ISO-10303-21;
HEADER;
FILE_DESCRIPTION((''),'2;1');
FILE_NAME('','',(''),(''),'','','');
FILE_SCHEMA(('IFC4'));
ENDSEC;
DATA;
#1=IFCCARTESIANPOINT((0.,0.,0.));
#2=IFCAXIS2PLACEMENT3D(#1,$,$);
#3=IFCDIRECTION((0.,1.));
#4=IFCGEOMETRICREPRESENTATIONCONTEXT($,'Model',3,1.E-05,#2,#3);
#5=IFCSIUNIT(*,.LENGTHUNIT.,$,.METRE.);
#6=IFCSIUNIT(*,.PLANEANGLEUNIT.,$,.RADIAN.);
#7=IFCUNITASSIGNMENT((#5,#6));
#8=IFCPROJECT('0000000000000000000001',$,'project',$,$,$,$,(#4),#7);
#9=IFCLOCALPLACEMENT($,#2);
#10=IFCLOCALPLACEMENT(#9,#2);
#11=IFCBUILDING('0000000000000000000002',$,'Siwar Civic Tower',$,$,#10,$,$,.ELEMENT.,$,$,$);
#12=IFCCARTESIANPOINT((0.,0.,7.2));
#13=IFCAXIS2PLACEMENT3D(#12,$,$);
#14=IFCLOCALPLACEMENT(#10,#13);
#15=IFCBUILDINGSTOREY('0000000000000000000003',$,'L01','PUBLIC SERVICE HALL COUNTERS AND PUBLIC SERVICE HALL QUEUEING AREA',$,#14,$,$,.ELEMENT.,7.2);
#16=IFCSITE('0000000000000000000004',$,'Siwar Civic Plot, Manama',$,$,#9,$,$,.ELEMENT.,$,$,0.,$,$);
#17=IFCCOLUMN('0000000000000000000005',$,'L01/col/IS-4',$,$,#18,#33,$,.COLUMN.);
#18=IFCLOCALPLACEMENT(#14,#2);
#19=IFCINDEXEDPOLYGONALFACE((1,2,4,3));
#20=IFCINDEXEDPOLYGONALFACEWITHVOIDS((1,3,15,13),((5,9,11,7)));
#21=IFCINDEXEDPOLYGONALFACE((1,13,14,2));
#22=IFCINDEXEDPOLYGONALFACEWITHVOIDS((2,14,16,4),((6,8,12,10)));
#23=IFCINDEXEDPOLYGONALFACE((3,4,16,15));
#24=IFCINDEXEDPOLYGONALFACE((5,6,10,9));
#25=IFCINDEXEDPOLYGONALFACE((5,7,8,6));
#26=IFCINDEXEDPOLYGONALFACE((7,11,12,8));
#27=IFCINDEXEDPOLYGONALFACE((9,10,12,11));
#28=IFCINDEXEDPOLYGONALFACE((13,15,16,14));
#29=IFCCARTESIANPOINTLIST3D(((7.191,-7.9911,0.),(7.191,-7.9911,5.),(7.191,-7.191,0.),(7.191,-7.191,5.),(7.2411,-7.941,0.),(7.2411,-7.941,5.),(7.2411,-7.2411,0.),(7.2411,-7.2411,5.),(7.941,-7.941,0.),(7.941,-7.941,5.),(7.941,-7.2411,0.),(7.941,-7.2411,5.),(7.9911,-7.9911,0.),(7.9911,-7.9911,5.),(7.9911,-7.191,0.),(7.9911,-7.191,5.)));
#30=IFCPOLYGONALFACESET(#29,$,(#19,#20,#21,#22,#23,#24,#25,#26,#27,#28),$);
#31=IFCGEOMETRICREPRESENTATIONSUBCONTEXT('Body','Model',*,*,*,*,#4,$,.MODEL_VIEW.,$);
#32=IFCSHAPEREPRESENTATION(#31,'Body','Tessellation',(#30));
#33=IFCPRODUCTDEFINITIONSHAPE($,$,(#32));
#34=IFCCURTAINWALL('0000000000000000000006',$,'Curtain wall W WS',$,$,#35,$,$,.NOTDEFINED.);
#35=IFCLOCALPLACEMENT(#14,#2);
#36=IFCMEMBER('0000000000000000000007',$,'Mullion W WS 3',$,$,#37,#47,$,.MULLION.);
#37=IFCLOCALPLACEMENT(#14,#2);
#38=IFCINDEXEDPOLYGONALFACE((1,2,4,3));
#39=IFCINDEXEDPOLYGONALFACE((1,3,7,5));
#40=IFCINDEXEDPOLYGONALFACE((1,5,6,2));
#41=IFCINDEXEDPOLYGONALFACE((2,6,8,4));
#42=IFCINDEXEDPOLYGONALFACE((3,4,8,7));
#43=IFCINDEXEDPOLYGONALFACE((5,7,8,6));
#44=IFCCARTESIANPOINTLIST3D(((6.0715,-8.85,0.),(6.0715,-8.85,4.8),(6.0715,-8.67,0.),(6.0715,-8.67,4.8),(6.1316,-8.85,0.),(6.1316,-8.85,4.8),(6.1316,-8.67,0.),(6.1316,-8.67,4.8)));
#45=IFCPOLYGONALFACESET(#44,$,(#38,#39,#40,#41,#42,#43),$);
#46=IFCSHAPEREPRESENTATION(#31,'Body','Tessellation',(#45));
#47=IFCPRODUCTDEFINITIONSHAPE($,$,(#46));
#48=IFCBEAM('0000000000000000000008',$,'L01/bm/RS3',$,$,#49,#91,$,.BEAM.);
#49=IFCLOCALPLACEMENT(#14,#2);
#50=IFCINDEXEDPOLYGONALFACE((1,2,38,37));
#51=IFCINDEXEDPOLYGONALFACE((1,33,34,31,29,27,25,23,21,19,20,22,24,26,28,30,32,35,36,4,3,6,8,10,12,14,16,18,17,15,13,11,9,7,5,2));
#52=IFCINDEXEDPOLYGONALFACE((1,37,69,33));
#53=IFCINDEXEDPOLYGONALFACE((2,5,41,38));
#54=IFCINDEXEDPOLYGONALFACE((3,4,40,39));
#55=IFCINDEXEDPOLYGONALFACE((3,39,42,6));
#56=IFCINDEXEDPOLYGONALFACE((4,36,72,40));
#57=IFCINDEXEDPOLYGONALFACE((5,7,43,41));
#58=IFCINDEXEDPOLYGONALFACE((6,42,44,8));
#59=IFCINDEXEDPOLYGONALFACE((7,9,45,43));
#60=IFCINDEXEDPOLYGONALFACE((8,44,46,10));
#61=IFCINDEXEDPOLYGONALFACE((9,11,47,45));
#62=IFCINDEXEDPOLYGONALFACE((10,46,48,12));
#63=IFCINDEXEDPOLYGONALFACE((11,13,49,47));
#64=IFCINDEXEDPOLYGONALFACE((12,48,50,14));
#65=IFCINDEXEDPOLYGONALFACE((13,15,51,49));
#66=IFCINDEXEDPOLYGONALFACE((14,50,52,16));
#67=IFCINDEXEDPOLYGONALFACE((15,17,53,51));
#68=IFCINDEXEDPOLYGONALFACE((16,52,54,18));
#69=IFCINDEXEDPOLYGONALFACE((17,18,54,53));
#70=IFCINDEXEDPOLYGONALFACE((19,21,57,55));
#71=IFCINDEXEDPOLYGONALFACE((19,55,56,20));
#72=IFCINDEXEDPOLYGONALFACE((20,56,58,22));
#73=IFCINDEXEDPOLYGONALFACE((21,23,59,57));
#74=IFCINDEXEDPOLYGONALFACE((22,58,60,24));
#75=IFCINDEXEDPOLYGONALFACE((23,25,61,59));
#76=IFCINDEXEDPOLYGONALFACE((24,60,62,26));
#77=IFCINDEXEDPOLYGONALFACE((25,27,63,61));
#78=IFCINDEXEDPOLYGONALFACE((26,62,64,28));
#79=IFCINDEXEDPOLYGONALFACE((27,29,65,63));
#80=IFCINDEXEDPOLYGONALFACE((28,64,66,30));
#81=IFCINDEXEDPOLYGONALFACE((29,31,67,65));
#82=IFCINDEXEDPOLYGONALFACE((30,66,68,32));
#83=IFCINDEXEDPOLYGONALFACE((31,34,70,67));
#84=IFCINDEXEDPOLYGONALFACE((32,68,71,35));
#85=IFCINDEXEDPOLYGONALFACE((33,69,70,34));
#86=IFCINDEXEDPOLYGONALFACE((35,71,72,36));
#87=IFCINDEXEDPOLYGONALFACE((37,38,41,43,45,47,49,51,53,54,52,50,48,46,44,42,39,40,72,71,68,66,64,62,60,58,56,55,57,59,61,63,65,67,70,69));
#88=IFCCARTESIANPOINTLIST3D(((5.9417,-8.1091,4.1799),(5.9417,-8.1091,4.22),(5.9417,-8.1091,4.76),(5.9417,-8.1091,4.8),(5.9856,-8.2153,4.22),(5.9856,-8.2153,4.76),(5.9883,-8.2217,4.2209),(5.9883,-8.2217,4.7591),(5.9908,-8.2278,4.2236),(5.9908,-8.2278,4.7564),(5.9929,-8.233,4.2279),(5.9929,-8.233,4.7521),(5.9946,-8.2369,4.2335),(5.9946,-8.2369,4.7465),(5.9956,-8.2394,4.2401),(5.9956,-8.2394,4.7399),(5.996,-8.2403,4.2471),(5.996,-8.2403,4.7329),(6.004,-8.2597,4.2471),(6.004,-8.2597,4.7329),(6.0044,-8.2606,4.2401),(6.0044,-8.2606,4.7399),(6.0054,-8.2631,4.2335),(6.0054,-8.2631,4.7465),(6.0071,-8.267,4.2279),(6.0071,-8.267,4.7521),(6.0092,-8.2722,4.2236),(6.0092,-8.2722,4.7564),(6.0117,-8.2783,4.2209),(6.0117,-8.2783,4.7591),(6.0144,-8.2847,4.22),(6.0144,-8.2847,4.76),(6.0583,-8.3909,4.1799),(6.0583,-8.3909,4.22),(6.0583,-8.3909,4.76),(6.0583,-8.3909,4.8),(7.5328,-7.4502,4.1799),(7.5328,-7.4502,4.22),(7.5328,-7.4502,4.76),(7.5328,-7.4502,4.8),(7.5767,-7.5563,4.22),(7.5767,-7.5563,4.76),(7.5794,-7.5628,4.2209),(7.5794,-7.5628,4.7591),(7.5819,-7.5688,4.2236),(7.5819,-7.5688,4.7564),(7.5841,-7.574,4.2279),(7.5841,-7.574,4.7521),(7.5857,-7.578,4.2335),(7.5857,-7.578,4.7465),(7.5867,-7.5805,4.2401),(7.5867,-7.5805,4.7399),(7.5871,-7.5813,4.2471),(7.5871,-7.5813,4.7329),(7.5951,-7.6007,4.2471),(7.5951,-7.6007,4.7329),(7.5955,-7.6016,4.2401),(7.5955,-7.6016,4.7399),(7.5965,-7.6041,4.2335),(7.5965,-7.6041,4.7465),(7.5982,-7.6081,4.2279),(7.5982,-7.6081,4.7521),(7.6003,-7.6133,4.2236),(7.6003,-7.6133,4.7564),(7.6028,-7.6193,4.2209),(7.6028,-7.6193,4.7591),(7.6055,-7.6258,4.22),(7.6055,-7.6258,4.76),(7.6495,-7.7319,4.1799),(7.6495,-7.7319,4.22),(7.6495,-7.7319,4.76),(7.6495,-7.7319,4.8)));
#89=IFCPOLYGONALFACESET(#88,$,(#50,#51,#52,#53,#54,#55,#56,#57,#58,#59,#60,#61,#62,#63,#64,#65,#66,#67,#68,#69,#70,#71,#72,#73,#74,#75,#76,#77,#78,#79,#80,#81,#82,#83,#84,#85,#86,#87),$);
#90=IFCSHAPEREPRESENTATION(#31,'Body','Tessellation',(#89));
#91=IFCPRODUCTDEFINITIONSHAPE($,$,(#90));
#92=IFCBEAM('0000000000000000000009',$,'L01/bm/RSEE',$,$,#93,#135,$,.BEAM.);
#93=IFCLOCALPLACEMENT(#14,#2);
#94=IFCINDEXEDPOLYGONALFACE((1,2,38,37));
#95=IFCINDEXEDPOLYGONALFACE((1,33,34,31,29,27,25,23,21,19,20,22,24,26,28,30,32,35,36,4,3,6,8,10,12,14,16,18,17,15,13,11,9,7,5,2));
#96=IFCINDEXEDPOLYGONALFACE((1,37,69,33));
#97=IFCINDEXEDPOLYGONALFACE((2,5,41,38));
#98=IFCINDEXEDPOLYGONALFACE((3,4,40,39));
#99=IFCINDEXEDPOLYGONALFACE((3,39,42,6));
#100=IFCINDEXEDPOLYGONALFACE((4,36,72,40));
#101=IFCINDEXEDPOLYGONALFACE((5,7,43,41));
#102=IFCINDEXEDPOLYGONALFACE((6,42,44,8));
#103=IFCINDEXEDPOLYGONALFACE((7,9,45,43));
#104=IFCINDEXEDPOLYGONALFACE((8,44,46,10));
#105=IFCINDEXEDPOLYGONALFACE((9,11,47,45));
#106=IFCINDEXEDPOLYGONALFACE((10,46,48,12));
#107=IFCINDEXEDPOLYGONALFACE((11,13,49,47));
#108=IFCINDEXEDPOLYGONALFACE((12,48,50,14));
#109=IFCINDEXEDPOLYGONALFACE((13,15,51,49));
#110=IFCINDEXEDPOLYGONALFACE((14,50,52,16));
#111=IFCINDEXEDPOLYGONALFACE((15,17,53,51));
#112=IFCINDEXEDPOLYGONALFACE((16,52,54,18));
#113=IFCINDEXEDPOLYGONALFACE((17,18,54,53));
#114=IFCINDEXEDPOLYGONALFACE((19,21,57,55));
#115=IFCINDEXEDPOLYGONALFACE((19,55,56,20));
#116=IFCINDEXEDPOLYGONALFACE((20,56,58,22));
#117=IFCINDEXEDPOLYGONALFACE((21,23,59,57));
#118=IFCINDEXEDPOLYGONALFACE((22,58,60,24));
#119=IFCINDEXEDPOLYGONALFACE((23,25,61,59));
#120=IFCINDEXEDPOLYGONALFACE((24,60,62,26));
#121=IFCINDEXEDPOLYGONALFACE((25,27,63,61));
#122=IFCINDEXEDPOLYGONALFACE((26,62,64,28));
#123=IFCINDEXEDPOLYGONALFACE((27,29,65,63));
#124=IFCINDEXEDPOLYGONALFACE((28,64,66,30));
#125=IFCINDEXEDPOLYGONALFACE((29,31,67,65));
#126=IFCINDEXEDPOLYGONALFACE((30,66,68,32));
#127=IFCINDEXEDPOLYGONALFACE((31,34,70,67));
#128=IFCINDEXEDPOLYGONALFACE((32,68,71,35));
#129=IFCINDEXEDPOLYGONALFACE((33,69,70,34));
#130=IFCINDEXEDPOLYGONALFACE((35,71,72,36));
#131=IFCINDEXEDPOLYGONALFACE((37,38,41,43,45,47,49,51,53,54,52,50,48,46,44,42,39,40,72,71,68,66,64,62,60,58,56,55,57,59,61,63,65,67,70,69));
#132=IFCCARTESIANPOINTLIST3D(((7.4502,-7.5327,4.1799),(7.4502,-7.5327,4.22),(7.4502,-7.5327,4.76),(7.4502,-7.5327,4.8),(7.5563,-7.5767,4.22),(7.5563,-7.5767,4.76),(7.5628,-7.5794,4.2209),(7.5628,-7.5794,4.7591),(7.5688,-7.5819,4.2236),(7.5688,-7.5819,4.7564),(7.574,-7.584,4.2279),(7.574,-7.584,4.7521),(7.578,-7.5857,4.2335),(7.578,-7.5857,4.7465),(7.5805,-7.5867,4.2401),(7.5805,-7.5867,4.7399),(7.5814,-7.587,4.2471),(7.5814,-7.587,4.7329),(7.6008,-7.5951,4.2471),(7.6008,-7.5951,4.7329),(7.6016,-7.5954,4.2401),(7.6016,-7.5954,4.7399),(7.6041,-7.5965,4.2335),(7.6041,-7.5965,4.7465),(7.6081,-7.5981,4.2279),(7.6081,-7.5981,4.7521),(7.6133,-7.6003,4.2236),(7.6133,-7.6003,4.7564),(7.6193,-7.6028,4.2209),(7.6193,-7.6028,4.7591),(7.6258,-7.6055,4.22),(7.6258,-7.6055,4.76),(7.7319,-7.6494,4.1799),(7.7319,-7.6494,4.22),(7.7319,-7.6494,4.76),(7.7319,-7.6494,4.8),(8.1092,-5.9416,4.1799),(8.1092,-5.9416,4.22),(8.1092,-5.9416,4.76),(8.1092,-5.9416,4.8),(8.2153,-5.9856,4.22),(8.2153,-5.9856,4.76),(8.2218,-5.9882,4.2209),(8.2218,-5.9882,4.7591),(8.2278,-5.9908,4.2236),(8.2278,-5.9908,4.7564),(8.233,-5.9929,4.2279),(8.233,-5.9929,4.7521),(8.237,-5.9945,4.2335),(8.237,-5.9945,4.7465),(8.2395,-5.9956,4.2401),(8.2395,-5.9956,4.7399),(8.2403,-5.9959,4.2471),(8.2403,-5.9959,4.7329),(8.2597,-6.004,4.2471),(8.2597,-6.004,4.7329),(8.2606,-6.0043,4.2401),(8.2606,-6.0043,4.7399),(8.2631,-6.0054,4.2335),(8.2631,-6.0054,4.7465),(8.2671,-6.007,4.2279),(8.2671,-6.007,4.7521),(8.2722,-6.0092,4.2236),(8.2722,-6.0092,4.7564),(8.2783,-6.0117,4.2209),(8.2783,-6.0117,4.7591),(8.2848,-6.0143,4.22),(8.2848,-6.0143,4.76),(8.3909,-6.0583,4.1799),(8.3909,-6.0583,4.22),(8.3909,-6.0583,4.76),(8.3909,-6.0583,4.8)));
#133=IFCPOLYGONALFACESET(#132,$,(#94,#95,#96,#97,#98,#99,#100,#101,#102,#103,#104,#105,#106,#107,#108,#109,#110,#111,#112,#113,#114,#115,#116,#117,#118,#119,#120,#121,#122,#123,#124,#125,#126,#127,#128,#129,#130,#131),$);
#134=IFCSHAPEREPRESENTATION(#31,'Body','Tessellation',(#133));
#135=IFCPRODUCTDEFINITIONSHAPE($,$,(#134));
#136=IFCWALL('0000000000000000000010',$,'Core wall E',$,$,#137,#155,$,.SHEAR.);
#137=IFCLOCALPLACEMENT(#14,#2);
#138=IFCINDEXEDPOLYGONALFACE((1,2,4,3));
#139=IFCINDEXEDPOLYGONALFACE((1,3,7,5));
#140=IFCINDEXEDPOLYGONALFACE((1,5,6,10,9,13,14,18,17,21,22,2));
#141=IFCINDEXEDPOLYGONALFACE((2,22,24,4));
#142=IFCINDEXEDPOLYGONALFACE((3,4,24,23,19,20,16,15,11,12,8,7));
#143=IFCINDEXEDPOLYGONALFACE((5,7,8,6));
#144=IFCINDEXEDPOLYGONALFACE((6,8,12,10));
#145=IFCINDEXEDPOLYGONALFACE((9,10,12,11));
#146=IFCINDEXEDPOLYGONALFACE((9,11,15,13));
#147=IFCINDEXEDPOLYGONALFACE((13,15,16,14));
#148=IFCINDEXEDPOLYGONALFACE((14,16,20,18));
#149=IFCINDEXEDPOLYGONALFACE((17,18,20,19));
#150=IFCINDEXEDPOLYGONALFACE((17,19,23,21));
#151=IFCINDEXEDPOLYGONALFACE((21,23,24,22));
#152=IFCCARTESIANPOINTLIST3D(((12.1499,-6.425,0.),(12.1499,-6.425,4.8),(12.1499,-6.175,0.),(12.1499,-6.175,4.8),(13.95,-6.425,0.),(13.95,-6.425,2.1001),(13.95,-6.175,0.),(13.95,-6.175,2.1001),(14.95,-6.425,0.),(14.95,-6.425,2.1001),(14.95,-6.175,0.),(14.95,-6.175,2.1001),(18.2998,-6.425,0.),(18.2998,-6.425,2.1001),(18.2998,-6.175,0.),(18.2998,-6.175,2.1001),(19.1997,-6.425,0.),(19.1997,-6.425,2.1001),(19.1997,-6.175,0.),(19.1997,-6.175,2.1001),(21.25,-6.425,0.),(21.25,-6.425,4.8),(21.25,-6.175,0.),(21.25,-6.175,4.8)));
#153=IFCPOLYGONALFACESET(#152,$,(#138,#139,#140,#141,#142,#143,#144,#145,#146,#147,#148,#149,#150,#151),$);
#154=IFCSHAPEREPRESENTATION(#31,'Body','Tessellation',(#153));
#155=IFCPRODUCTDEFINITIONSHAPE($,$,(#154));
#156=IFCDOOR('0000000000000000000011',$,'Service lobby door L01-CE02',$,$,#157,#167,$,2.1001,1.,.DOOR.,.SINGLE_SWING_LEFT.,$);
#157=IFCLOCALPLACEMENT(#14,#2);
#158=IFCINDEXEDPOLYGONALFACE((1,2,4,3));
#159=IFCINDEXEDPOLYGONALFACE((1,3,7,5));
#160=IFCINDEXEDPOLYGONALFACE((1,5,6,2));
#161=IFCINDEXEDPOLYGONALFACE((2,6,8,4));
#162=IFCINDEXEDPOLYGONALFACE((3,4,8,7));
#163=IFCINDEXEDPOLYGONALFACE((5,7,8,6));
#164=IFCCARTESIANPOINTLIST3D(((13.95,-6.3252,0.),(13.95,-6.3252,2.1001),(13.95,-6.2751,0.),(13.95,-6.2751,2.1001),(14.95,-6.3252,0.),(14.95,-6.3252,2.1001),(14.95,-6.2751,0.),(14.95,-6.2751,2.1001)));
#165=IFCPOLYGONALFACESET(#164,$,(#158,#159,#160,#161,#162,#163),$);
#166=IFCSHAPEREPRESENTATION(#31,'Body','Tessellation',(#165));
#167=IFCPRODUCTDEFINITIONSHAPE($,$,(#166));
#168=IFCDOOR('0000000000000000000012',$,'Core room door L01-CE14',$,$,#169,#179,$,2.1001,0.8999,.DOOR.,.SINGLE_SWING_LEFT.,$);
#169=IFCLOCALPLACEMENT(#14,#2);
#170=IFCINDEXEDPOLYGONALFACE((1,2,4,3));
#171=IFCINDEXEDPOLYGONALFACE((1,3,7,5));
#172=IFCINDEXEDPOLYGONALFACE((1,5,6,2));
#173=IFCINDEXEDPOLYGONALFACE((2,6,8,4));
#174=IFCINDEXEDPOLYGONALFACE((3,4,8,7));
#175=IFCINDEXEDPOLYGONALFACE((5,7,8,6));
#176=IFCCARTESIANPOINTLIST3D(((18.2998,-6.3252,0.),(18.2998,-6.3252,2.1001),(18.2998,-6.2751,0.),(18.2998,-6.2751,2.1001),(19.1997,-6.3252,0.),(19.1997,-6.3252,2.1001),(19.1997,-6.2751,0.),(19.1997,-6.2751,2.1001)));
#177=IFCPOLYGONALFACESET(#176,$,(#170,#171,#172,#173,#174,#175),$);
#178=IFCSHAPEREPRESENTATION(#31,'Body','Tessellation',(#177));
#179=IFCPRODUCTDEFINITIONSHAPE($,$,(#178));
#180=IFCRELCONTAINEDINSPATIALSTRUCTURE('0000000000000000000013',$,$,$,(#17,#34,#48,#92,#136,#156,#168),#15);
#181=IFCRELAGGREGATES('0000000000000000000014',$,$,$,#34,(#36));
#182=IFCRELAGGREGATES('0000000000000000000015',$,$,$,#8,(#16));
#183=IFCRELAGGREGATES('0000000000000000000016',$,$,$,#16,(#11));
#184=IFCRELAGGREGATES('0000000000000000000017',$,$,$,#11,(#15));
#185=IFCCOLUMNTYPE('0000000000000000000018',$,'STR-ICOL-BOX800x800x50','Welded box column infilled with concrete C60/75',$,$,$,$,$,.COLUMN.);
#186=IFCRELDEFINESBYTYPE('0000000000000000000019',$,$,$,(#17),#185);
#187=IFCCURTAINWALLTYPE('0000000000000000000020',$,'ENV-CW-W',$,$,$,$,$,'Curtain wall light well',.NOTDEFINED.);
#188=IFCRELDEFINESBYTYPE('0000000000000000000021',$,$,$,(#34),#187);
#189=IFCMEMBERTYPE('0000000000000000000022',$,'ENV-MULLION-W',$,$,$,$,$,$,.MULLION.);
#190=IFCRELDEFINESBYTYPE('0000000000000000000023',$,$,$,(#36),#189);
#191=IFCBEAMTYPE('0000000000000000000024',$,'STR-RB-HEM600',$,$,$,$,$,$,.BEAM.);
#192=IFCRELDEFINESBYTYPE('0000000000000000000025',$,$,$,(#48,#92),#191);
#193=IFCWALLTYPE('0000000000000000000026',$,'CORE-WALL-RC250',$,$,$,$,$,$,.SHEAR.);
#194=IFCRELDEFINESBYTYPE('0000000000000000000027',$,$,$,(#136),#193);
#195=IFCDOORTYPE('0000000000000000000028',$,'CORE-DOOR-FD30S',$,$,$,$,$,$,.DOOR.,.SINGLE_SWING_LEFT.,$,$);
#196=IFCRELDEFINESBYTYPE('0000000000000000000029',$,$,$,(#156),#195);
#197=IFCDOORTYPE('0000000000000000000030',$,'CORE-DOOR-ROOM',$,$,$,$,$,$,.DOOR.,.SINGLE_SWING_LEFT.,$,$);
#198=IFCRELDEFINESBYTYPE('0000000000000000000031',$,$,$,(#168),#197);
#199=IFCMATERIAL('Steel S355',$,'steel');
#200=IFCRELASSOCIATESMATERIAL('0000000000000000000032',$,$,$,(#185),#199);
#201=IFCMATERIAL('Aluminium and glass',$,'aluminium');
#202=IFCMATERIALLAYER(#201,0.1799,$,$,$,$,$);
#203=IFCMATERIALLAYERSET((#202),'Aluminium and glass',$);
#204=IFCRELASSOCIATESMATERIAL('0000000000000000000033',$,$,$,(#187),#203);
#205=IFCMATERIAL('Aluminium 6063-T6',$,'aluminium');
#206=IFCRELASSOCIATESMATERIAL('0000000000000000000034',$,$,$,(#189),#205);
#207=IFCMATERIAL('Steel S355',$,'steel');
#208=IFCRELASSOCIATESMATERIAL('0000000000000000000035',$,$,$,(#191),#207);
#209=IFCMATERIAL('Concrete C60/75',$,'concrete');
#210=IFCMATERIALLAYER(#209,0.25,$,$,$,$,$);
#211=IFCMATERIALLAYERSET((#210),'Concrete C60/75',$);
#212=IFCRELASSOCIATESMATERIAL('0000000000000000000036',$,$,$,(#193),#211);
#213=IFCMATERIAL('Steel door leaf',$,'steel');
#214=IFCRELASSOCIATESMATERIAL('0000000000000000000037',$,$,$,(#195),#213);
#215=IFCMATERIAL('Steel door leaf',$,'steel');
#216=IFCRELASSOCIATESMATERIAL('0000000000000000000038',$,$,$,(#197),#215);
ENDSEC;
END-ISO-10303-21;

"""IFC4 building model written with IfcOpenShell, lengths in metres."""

from ifc_helpers import new_model, si_unit, direction, frame, frame_2d, origin, origin_2d, place, context, subcontext, project, spatial, rectangle, hollow_rectangle, i_section, extrude, material, layer, layer_set, material_profile, profile_set, type_object, element, fill, aggregate, save


model = new_model("IFC4")

# Units and contexts
model_context = context("Model", 3, precision=1e-05, world=origin(), true_north=direction((0.0, 1.0)))
body_context = subcontext(model_context, "Body", "Model", "MODEL_VIEW")
ifc_project = project(units=[si_unit("LENGTHUNIT", "METRE"), si_unit("PLANEANGLEUNIT", "RADIAN")], contexts=[model_context])

# Site, building, storey
site_placement = place(None, origin())
site = spatial("IfcSite", under=ifc_project, at=site_placement, Name="Siwar Civic Plot, Manama", CompositionType="ELEMENT", RefElevation=0.0)
building_placement = place(site_placement, origin())
building = spatial("IfcBuilding", under=site, at=building_placement, Name="Siwar Civic Tower", CompositionType="ELEMENT")
storey_placement = place(building_placement, frame((0.0, 0.0, 7.2)))
storey = spatial("IfcBuildingStorey", under=building, at=storey_placement, Name="L01", Description="PUBLIC SERVICE HALL COUNTERS AND PUBLIC SERVICE HALL QUEUEING AREA", CompositionType="ELEMENT", Elevation=7.2)

# Column
ifc_material_1 = material(Name="Steel S355", Category="steel")
ifc_material_profile_1 = material_profile(ifc_material_1, hollow_rectangle(XDim=0.8, YDim=0.8, WallThickness=0.05, at=origin_2d()), Name="BOX800x800x50")
ifc_profile_set_1 = profile_set([ifc_material_profile_1], Name="Steel S355")
column_type = type_object("IfcColumnType", Name="STR-ICOL-BOX800x800x50", Description="Welded box column infilled with concrete C60/75", PredefinedType="COLUMN", material=ifc_profile_set_1)
column_placement = place(storey_placement, frame((7.5911, -7.5911, 0.0), z_axis=(0.0, 0.0, 1.0), x_axis=(1.0, 0.0, 0.0)))
element("IfcColumn", 1, at=column_placement, inside=storey, type_object=column_type, Name="L01/col/IS-4", PredefinedType="COLUMN", context=body_context, shape_type="SweptSolid", body=[
    extrude(hollow_rectangle(XDim=0.8, YDim=0.8, WallThickness=0.05, at=origin_2d()), origin(), (0.0, 0.0, 1.0), 5.0),
])

# Curtain wall, member
ifc_material_2 = material(Name="Aluminium and glass", Category="aluminium")
ifc_layer_1 = layer(ifc_material_2, 0.1799)
ifc_layer_set_1 = layer_set([ifc_layer_1], Name="Aluminium and glass")
curtain_wall_type = type_object("IfcCurtainWallType", Name="ENV-CW-W", ElementType="Curtain wall light well", PredefinedType="NOTDEFINED", material=ifc_layer_set_1)
curtain_wall_placement = place(storey_placement, origin())
curtain_wall = element("IfcCurtainWall", 2, at=curtain_wall_placement, inside=storey, type_object=curtain_wall_type, Name="Curtain wall W WS", PredefinedType="NOTDEFINED")
ifc_material_3 = material(Name="Aluminium 6063-T6", Category="aluminium")
ifc_material_profile_2 = material_profile(ifc_material_3, rectangle(XDim=0.1799, YDim=0.0601, at=origin_2d()), Name="AL 180x60")
ifc_profile_set_2 = profile_set([ifc_material_profile_2], Name="Aluminium 6063-T6")
member_type = type_object("IfcMemberType", Name="ENV-MULLION-W", PredefinedType="MULLION", material=ifc_profile_set_2)
member_placement = place(storey_placement, frame((6.1016, -8.76, 0.0), z_axis=(0.0, 0.0, 1.0), x_axis=(0.0, 1.0, 0.0)))
member = element("IfcMember", 3, at=member_placement, type_object=member_type, Name="Mullion W WS 3", PredefinedType="MULLION", context=body_context, shape_type="SweptSolid", body=[
    extrude(rectangle(XDim=0.1799, YDim=0.0601, at=origin_2d()), origin(), (0.0, 0.0, 1.0), 4.8),
])
aggregate(curtain_wall, [member])

# Beams
ifc_material_4 = material(Name="Steel S355", Category="steel")
ifc_material_profile_3 = material_profile(ifc_material_4, i_section(OverallWidth=0.3049, OverallDepth=0.6201, WebThickness=0.021, FlangeThickness=0.04, FilletRadius=0.0271, at=origin_2d()), Name="HEM600")
ifc_profile_set_3 = profile_set([ifc_material_profile_3], Name="Steel S355")
beam_type = type_object("IfcBeamType", Name="STR-RB-HEM600", PredefinedType="BEAM", material=ifc_profile_set_3)
for number, where, z_axis, x_axis, name in (
    (4, (6.0, -8.25, 4.49), (0.923901, 0.382631, 0.0), (-0.382631, 0.923901, 0.0), "L01/bm/RS3"),
    (5, (7.5911, -7.5911, 4.49), (0.382631, 0.923901, 0.0), (-0.923901, 0.382631, 0.0), "L01/bm/RSEE"),
):
    element("IfcBeam", number, at=place(storey_placement, frame(where, z_axis=z_axis, x_axis=x_axis)), inside=storey, type_object=beam_type, Name=name, PredefinedType="BEAM", context=body_context, shape_type="SweptSolid", body=[
        extrude(i_section(OverallWidth=0.3049, OverallDepth=0.6201, WebThickness=0.021, FlangeThickness=0.04, FilletRadius=0.0271, at=origin_2d()), origin(), (0.0, 0.0, 1.0), 1.7222),
    ])

# Wall, openings, doors
ifc_material_5 = material(Name="Concrete C60/75", Category="concrete")
ifc_layer_2 = layer(ifc_material_5, 0.25)
ifc_layer_set_2 = layer_set([ifc_layer_2], Name="Concrete C60/75")
wall_type_1 = type_object("IfcWallType", Name="CORE-WALL-RC250", PredefinedType="SHEAR", material=ifc_layer_set_2)
wall_1_placement = place(storey_placement, frame((12.1499, -6.3, 0.0), z_axis=(0.0, 0.0, 1.0), x_axis=(1.0, 0.0, 0.0)))
wall_1 = element("IfcWall", 6, at=wall_1_placement, inside=storey, type_object=wall_type_1, Name="Core wall E", PredefinedType="SHEAR", context=body_context, shape_type="SweptSolid", body=[
    extrude(rectangle(XDim=9.1001, YDim=0.25, at=frame_2d((4.55, 0.0))), origin(), (0.0, 0.0, 1.0), 4.8),
])
opening_1_placement = place(wall_1_placement, frame((1.8, 0.0, 0.0)))
opening_1 = element("IfcOpeningElement", 7, at=opening_1_placement, cuts=wall_1, PredefinedType="OPENING", context=body_context, shape_type="SweptSolid", body=[
    extrude(rectangle(XDim=1.0, YDim=2.1001, at=frame_2d((0.5, 1.05))), frame((0.0, 0.135, 0.0), z_axis=(0.0, -1.0, 0.0), x_axis=(1.0, 0.0, 0.0)), (0.0, 0.0, 1.0), 0.27),
])
opening_2_placement = place(wall_1_placement, frame((6.1499, 0.0, 0.0)))
opening_2 = element("IfcOpeningElement", 8, at=opening_2_placement, cuts=wall_1, PredefinedType="OPENING", context=body_context, shape_type="SweptSolid", body=[
    extrude(rectangle(XDim=0.8999, YDim=2.1001, at=frame_2d((0.45, 1.05))), frame((0.0, 0.135, 0.0), z_axis=(0.0, -1.0, 0.0), x_axis=(1.0, 0.0, 0.0)), (0.0, 0.0, 1.0), 0.27),
])
ifc_material_6 = material(Name="Steel door leaf", Category="steel")
door_type_1 = type_object("IfcDoorType", Name="CORE-DOOR-FD30S", OperationType="SINGLE_SWING_LEFT", PredefinedType="DOOR", material=ifc_material_6)
door_1_placement = place(opening_1_placement, origin())
door_1 = element("IfcDoor", 9, at=door_1_placement, inside=storey, type_object=door_type_1, Name="Service lobby door L01-CE02", OperationType="SINGLE_SWING_LEFT", OverallHeight=2.1001, OverallWidth=1.0, PredefinedType="DOOR", context=body_context, shape_type="SweptSolid", body=[
    extrude(rectangle(XDim=1.0, YDim=2.1001, at=frame_2d((0.5, 1.05))), frame((0.0, 0.0249, 0.0), z_axis=(0.0, -1.0, 0.0), x_axis=(1.0, 0.0, 0.0)), (0.0, 0.0, 1.0), 0.05),
])
fill(opening_1, door_1)
ifc_material_7 = material(Name="Steel door leaf", Category="steel")
door_type_2 = type_object("IfcDoorType", Name="CORE-DOOR-ROOM", OperationType="SINGLE_SWING_LEFT", PredefinedType="DOOR", material=ifc_material_7)
door_2_placement = place(opening_2_placement, origin())
door_2 = element("IfcDoor", 10, at=door_2_placement, inside=storey, type_object=door_type_2, Name="Core room door L01-CE14", OperationType="SINGLE_SWING_LEFT", OverallHeight=2.1001, OverallWidth=0.8999, PredefinedType="DOOR", context=body_context, shape_type="SweptSolid", body=[
    extrude(rectangle(XDim=0.8999, YDim=2.1001, at=frame_2d((0.45, 1.05))), frame((0.0, 0.0249, 0.0), z_axis=(0.0, -1.0, 0.0), x_axis=(1.0, 0.0, 0.0)), (0.0, 0.0, 1.0), 0.05),
])
fill(opening_2, door_2)

save(model, "model.ifc")
